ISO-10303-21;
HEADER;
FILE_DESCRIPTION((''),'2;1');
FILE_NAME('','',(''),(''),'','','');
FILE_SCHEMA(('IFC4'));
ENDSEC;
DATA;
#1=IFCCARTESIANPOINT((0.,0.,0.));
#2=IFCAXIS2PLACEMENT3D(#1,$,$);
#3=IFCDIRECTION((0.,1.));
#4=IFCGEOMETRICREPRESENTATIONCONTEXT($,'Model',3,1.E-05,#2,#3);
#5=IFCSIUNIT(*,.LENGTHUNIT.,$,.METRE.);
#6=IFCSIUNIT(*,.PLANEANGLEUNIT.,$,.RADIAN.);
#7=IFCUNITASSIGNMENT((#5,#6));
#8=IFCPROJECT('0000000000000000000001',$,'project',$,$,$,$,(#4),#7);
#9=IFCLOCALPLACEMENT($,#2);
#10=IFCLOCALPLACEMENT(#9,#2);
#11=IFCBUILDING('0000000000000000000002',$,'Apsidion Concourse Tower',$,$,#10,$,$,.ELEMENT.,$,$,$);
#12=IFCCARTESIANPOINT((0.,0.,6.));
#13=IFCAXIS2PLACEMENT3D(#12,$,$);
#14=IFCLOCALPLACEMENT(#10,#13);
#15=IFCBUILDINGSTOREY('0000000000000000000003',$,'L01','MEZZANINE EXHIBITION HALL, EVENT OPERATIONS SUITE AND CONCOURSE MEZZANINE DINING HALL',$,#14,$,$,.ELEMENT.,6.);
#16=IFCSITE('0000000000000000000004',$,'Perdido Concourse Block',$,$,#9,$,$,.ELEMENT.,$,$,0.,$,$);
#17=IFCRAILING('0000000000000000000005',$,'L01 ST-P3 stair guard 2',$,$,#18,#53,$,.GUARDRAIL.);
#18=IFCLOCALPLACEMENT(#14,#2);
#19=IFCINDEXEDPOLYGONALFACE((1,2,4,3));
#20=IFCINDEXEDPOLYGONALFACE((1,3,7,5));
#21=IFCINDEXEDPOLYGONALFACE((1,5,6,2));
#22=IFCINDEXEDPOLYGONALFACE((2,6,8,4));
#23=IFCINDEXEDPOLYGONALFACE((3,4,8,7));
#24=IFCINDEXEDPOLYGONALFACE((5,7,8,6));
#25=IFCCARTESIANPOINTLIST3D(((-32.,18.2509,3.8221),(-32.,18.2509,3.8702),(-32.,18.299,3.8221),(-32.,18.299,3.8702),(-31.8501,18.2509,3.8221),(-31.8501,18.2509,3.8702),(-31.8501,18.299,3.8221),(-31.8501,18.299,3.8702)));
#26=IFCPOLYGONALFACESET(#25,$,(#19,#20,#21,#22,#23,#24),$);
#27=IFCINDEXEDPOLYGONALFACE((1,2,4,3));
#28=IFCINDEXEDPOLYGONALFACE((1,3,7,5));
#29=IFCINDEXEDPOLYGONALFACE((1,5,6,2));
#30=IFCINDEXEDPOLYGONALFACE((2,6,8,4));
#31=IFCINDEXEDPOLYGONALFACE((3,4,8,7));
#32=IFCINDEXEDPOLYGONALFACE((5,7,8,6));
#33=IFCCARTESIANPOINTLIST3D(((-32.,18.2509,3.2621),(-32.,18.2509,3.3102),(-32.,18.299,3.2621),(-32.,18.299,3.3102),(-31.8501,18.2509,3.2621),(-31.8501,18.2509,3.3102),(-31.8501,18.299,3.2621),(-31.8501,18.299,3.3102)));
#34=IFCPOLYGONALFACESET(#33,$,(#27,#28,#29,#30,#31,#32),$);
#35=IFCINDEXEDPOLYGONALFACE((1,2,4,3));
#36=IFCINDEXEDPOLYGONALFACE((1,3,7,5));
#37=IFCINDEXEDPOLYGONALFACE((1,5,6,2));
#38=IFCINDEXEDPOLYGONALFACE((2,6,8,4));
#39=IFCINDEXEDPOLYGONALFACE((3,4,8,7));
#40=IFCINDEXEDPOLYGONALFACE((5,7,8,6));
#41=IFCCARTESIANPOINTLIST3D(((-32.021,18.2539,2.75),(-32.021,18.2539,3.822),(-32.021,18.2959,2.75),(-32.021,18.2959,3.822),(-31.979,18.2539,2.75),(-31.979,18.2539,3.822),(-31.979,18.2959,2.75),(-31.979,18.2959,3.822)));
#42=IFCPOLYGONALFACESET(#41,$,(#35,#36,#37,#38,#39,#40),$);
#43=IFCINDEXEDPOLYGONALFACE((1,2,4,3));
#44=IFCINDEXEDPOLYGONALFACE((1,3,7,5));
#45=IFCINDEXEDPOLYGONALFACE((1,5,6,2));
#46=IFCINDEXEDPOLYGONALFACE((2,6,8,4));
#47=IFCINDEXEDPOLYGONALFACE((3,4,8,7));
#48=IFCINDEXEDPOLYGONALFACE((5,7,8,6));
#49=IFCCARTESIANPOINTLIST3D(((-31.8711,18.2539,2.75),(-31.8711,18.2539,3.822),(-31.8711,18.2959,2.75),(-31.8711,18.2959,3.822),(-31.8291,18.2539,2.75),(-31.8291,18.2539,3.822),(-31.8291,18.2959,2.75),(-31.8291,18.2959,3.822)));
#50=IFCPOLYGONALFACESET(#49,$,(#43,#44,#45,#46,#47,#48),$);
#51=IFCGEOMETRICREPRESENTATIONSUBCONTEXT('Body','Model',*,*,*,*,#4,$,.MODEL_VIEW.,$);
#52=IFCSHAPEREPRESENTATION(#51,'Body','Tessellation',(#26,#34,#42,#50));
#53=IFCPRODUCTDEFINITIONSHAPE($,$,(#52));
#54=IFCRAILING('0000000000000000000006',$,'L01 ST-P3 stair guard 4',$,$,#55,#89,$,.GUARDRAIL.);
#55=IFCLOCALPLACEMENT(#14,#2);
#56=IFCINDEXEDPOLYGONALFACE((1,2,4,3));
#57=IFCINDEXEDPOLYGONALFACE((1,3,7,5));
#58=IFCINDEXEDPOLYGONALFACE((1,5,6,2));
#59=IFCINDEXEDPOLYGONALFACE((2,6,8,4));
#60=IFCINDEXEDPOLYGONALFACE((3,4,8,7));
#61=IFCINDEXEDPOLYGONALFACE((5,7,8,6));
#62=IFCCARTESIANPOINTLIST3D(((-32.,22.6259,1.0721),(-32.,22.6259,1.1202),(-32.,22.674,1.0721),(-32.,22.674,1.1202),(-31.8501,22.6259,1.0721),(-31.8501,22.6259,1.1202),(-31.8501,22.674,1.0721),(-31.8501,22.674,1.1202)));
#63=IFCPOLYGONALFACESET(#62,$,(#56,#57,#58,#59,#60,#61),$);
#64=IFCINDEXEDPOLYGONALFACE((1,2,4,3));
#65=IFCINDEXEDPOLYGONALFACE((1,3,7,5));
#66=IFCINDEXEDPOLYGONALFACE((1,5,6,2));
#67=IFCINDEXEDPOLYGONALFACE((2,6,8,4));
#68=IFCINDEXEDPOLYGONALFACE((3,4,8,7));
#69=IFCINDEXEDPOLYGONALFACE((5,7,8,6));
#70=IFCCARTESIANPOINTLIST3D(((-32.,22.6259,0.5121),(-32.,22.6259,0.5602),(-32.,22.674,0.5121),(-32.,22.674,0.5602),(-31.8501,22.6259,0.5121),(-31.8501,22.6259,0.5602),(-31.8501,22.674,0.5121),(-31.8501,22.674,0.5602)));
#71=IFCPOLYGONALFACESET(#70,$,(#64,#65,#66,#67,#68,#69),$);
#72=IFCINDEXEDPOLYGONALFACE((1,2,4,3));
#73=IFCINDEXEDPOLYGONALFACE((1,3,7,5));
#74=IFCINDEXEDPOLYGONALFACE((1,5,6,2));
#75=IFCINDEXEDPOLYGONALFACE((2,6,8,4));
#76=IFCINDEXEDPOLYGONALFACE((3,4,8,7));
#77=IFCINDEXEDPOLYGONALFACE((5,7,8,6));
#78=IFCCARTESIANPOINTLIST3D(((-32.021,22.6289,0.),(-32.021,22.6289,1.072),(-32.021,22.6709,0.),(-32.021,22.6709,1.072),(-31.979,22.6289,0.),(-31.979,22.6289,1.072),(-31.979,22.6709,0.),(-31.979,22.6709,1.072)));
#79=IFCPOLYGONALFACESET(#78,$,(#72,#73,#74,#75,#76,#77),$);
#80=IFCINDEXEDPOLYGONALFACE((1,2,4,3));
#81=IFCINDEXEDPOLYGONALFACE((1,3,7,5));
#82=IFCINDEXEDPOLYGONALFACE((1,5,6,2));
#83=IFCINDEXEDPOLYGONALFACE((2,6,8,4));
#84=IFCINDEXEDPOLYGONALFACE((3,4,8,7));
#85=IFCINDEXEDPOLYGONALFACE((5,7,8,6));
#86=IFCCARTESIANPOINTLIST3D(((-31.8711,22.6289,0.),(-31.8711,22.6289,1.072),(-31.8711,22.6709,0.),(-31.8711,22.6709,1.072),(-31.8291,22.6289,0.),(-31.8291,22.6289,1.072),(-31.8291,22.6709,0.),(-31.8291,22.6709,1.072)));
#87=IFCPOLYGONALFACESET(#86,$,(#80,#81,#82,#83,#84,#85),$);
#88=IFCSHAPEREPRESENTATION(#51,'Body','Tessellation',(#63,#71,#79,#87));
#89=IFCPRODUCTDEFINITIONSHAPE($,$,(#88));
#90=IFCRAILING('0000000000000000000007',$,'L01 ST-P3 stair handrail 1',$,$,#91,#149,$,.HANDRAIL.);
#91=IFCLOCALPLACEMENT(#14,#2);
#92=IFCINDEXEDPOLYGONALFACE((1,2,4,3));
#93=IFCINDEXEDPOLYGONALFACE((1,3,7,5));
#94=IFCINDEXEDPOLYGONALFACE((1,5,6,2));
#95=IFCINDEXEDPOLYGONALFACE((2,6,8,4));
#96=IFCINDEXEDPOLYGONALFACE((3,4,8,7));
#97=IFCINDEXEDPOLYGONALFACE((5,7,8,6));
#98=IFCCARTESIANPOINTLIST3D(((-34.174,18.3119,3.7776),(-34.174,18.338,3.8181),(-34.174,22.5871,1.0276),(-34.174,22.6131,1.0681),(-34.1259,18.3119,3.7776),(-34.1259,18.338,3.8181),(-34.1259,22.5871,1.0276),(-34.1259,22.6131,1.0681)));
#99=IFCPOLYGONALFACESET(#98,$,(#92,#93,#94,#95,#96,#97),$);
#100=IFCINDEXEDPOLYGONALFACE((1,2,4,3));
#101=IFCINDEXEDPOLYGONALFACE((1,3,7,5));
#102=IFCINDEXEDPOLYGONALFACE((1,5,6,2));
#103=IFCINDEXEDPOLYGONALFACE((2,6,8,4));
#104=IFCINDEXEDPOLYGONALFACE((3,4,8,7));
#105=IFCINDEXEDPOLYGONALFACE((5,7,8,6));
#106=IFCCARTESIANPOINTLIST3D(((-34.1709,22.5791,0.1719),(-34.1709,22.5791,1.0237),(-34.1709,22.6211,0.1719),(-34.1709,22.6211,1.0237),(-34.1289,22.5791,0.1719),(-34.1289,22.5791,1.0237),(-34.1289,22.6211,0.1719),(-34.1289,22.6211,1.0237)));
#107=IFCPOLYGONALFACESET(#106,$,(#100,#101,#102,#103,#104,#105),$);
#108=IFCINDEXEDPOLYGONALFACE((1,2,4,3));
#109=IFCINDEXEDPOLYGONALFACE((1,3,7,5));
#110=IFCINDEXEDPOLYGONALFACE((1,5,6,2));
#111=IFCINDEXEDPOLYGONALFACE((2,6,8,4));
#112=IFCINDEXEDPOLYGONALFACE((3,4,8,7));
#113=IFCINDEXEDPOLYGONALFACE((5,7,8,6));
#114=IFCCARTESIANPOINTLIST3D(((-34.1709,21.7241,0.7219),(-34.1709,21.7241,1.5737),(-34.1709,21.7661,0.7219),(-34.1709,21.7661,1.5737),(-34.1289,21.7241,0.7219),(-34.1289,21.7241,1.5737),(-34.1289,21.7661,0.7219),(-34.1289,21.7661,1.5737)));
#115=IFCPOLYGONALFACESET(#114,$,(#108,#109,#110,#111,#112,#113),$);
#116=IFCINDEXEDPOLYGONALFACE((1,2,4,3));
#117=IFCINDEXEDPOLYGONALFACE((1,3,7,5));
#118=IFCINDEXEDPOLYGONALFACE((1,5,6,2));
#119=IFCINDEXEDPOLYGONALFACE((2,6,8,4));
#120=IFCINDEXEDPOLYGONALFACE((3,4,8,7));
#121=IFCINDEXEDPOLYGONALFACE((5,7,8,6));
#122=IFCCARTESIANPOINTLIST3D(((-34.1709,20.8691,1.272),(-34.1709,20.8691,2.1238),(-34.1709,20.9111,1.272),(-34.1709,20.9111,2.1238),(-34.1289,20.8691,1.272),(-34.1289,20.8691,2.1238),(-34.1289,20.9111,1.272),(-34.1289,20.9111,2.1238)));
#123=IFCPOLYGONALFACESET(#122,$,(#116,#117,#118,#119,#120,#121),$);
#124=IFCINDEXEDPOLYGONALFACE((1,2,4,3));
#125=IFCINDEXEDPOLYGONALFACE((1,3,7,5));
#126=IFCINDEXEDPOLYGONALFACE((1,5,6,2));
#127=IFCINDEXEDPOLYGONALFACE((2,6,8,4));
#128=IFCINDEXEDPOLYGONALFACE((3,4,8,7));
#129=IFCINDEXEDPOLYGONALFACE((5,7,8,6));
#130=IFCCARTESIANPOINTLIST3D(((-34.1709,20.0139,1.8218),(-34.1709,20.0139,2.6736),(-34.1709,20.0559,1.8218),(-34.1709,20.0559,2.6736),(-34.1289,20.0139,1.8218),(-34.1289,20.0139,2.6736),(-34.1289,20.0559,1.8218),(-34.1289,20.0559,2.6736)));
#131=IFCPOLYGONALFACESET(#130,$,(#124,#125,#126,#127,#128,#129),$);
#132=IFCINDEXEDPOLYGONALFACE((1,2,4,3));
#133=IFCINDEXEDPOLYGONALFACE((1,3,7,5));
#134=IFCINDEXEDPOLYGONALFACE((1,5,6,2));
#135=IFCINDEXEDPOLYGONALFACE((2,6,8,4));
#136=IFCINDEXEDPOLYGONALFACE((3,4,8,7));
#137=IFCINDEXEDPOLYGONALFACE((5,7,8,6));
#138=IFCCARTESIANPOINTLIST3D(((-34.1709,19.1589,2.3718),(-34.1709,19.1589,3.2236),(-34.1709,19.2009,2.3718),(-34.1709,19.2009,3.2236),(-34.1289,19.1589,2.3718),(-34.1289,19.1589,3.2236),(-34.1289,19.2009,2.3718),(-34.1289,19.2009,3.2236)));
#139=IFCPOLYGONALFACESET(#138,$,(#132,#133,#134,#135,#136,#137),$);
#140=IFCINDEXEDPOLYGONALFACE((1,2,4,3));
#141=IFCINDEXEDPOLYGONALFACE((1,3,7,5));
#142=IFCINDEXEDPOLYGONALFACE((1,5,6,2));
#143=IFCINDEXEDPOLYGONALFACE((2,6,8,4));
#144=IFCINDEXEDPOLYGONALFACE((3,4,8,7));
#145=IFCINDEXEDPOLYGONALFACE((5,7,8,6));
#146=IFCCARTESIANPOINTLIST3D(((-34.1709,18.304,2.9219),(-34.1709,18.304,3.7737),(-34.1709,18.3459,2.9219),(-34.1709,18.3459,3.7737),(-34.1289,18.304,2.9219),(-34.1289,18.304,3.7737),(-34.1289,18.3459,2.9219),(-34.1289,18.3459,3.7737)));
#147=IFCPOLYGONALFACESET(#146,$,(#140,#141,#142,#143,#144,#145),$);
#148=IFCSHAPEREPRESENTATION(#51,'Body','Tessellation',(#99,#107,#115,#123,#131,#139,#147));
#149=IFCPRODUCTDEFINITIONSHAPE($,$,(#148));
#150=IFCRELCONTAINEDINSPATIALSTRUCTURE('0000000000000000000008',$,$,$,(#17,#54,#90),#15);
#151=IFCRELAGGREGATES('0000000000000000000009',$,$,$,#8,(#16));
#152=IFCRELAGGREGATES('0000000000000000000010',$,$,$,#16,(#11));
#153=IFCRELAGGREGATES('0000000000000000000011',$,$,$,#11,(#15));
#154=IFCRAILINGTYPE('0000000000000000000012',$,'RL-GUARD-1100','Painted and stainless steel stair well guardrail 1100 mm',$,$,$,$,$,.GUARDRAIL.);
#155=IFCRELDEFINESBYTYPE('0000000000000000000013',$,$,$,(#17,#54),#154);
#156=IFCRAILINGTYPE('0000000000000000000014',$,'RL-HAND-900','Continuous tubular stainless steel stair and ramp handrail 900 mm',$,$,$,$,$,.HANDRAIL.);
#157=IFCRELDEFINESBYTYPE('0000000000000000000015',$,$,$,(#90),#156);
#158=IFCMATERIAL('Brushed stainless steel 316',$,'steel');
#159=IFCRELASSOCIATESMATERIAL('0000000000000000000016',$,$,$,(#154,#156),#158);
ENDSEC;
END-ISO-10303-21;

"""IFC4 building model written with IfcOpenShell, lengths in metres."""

from ifc_helpers import new_model, si_unit, direction, frame, origin, origin_2d, place, context, subcontext, project, spatial, rectangle, extrude, material, type_object, element, save


model = new_model("IFC4")

# Units and contexts
model_context = context("Model", 3, precision=1e-05, world=origin(), true_north=direction((0.0, 1.0)))
body_context = subcontext(model_context, "Body", "Model", "MODEL_VIEW")
ifc_project = project(units=[si_unit("LENGTHUNIT", "METRE"), si_unit("PLANEANGLEUNIT", "RADIAN")], contexts=[model_context])

# Site, building, storey
site_placement = place(None, origin())
site = spatial("IfcSite", under=ifc_project, at=site_placement, Name="Perdido Concourse Block", CompositionType="ELEMENT", RefElevation=0.0)
building_placement = place(site_placement, origin())
building = spatial("IfcBuilding", under=site, at=building_placement, Name="Apsidion Concourse Tower", CompositionType="ELEMENT")
storey_placement = place(building_placement, frame((0.0, 0.0, 6.0)))
storey = spatial("IfcBuildingStorey", under=building, at=storey_placement, Name="L01", Description="MEZZANINE EXHIBITION HALL, EVENT OPERATIONS SUITE AND CONCOURSE MEZZANINE DINING HALL", CompositionType="ELEMENT", Elevation=6.0)

# Railings
ifc_material_1 = material(Name="Brushed stainless steel 316", Category="steel")
railing_type_1 = type_object("IfcRailingType", Name="RL-GUARD-1100", Description="Painted and stainless steel stair well guardrail 1100 mm", PredefinedType="GUARDRAIL", material=ifc_material_1)
for number, where, name in (
    (1, (-32.0, 18.2749, 2.75), "L01 ST-P3 stair guard 2"),
    (2, (-32.0, 22.6499, 0.0), "L01 ST-P3 stair guard 4"),
):
    element("IfcRailing", number, at=place(storey_placement, frame(where)), inside=storey, type_object=railing_type_1, Name=name, PredefinedType="GUARDRAIL", context=body_context, shape_type="SweptSolid", body=[
        extrude(rectangle(XDim=0.0481, YDim=0.0481, at=origin_2d()), frame((0.0, 0.0, 1.0962), z_axis=(1.0, 0.0, 0.0), x_axis=(0.0, 1.0, 0.0)), (0.0, 0.0, 1.0), 0.1499),
        extrude(rectangle(XDim=0.0481, YDim=0.0481, at=origin_2d()), frame((0.0, 0.0, 0.5361), z_axis=(1.0, 0.0, 0.0), x_axis=(0.0, 1.0, 0.0)), (0.0, 0.0, 1.0), 0.1499),
        extrude(rectangle(XDim=0.042, YDim=0.042, at=origin_2d()), origin(), (0.0, 0.0, 1.0), 1.072),
        extrude(rectangle(XDim=0.042, YDim=0.042, at=origin_2d()), frame((0.1499, 0.0, 0.0)), (0.0, 0.0, 1.0), 1.072),
    ])
railing_type_2 = type_object("IfcRailingType", Name="RL-HAND-900", Description="Continuous tubular stainless steel stair and ramp handrail 900 mm", PredefinedType="HANDRAIL", material=ifc_material_1)
railing_1_placement = place(storey_placement, frame((-34.1499, 22.6001, 0.1719)))
element("IfcRailing", 3, at=railing_1_placement, inside=storey, type_object=railing_type_2, Name="L01 ST-P3 stair handrail 1", PredefinedType="HANDRAIL", context=body_context, shape_type="SweptSolid", body=[
    extrude(rectangle(XDim=0.0481, YDim=0.0481, at=origin_2d()), frame((0.0, 0.0, 0.876), z_axis=(0.0, -0.841027, 0.540993), x_axis=(1.0, 0.0, 0.0)), (0.0, 0.0, 1.0), 5.0833),
    extrude(rectangle(XDim=0.042, YDim=0.042, at=origin_2d()), origin(), (0.0, 0.0, 1.0), 0.8518),
    extrude(rectangle(XDim=0.042, YDim=0.042, at=origin_2d()), frame((0.0, -0.855, 0.55)), (0.0, 0.0, 1.0), 0.8518),
    extrude(rectangle(XDim=0.042, YDim=0.042, at=origin_2d()), frame((0.0, -1.71, 1.1001)), (0.0, 0.0, 1.0), 0.8518),
    extrude(rectangle(XDim=0.042, YDim=0.042, at=origin_2d()), frame((0.0, -2.5652, 1.6499)), (0.0, 0.0, 1.0), 0.8518),
    extrude(rectangle(XDim=0.042, YDim=0.042, at=origin_2d()), frame((0.0, -3.4202, 2.2)), (0.0, 0.0, 1.0), 0.8518),
    extrude(rectangle(XDim=0.042, YDim=0.042, at=origin_2d()), frame((0.0, -4.2751, 2.75)), (0.0, 0.0, 1.0), 0.8518),
])

save(model, "model.ifc")
